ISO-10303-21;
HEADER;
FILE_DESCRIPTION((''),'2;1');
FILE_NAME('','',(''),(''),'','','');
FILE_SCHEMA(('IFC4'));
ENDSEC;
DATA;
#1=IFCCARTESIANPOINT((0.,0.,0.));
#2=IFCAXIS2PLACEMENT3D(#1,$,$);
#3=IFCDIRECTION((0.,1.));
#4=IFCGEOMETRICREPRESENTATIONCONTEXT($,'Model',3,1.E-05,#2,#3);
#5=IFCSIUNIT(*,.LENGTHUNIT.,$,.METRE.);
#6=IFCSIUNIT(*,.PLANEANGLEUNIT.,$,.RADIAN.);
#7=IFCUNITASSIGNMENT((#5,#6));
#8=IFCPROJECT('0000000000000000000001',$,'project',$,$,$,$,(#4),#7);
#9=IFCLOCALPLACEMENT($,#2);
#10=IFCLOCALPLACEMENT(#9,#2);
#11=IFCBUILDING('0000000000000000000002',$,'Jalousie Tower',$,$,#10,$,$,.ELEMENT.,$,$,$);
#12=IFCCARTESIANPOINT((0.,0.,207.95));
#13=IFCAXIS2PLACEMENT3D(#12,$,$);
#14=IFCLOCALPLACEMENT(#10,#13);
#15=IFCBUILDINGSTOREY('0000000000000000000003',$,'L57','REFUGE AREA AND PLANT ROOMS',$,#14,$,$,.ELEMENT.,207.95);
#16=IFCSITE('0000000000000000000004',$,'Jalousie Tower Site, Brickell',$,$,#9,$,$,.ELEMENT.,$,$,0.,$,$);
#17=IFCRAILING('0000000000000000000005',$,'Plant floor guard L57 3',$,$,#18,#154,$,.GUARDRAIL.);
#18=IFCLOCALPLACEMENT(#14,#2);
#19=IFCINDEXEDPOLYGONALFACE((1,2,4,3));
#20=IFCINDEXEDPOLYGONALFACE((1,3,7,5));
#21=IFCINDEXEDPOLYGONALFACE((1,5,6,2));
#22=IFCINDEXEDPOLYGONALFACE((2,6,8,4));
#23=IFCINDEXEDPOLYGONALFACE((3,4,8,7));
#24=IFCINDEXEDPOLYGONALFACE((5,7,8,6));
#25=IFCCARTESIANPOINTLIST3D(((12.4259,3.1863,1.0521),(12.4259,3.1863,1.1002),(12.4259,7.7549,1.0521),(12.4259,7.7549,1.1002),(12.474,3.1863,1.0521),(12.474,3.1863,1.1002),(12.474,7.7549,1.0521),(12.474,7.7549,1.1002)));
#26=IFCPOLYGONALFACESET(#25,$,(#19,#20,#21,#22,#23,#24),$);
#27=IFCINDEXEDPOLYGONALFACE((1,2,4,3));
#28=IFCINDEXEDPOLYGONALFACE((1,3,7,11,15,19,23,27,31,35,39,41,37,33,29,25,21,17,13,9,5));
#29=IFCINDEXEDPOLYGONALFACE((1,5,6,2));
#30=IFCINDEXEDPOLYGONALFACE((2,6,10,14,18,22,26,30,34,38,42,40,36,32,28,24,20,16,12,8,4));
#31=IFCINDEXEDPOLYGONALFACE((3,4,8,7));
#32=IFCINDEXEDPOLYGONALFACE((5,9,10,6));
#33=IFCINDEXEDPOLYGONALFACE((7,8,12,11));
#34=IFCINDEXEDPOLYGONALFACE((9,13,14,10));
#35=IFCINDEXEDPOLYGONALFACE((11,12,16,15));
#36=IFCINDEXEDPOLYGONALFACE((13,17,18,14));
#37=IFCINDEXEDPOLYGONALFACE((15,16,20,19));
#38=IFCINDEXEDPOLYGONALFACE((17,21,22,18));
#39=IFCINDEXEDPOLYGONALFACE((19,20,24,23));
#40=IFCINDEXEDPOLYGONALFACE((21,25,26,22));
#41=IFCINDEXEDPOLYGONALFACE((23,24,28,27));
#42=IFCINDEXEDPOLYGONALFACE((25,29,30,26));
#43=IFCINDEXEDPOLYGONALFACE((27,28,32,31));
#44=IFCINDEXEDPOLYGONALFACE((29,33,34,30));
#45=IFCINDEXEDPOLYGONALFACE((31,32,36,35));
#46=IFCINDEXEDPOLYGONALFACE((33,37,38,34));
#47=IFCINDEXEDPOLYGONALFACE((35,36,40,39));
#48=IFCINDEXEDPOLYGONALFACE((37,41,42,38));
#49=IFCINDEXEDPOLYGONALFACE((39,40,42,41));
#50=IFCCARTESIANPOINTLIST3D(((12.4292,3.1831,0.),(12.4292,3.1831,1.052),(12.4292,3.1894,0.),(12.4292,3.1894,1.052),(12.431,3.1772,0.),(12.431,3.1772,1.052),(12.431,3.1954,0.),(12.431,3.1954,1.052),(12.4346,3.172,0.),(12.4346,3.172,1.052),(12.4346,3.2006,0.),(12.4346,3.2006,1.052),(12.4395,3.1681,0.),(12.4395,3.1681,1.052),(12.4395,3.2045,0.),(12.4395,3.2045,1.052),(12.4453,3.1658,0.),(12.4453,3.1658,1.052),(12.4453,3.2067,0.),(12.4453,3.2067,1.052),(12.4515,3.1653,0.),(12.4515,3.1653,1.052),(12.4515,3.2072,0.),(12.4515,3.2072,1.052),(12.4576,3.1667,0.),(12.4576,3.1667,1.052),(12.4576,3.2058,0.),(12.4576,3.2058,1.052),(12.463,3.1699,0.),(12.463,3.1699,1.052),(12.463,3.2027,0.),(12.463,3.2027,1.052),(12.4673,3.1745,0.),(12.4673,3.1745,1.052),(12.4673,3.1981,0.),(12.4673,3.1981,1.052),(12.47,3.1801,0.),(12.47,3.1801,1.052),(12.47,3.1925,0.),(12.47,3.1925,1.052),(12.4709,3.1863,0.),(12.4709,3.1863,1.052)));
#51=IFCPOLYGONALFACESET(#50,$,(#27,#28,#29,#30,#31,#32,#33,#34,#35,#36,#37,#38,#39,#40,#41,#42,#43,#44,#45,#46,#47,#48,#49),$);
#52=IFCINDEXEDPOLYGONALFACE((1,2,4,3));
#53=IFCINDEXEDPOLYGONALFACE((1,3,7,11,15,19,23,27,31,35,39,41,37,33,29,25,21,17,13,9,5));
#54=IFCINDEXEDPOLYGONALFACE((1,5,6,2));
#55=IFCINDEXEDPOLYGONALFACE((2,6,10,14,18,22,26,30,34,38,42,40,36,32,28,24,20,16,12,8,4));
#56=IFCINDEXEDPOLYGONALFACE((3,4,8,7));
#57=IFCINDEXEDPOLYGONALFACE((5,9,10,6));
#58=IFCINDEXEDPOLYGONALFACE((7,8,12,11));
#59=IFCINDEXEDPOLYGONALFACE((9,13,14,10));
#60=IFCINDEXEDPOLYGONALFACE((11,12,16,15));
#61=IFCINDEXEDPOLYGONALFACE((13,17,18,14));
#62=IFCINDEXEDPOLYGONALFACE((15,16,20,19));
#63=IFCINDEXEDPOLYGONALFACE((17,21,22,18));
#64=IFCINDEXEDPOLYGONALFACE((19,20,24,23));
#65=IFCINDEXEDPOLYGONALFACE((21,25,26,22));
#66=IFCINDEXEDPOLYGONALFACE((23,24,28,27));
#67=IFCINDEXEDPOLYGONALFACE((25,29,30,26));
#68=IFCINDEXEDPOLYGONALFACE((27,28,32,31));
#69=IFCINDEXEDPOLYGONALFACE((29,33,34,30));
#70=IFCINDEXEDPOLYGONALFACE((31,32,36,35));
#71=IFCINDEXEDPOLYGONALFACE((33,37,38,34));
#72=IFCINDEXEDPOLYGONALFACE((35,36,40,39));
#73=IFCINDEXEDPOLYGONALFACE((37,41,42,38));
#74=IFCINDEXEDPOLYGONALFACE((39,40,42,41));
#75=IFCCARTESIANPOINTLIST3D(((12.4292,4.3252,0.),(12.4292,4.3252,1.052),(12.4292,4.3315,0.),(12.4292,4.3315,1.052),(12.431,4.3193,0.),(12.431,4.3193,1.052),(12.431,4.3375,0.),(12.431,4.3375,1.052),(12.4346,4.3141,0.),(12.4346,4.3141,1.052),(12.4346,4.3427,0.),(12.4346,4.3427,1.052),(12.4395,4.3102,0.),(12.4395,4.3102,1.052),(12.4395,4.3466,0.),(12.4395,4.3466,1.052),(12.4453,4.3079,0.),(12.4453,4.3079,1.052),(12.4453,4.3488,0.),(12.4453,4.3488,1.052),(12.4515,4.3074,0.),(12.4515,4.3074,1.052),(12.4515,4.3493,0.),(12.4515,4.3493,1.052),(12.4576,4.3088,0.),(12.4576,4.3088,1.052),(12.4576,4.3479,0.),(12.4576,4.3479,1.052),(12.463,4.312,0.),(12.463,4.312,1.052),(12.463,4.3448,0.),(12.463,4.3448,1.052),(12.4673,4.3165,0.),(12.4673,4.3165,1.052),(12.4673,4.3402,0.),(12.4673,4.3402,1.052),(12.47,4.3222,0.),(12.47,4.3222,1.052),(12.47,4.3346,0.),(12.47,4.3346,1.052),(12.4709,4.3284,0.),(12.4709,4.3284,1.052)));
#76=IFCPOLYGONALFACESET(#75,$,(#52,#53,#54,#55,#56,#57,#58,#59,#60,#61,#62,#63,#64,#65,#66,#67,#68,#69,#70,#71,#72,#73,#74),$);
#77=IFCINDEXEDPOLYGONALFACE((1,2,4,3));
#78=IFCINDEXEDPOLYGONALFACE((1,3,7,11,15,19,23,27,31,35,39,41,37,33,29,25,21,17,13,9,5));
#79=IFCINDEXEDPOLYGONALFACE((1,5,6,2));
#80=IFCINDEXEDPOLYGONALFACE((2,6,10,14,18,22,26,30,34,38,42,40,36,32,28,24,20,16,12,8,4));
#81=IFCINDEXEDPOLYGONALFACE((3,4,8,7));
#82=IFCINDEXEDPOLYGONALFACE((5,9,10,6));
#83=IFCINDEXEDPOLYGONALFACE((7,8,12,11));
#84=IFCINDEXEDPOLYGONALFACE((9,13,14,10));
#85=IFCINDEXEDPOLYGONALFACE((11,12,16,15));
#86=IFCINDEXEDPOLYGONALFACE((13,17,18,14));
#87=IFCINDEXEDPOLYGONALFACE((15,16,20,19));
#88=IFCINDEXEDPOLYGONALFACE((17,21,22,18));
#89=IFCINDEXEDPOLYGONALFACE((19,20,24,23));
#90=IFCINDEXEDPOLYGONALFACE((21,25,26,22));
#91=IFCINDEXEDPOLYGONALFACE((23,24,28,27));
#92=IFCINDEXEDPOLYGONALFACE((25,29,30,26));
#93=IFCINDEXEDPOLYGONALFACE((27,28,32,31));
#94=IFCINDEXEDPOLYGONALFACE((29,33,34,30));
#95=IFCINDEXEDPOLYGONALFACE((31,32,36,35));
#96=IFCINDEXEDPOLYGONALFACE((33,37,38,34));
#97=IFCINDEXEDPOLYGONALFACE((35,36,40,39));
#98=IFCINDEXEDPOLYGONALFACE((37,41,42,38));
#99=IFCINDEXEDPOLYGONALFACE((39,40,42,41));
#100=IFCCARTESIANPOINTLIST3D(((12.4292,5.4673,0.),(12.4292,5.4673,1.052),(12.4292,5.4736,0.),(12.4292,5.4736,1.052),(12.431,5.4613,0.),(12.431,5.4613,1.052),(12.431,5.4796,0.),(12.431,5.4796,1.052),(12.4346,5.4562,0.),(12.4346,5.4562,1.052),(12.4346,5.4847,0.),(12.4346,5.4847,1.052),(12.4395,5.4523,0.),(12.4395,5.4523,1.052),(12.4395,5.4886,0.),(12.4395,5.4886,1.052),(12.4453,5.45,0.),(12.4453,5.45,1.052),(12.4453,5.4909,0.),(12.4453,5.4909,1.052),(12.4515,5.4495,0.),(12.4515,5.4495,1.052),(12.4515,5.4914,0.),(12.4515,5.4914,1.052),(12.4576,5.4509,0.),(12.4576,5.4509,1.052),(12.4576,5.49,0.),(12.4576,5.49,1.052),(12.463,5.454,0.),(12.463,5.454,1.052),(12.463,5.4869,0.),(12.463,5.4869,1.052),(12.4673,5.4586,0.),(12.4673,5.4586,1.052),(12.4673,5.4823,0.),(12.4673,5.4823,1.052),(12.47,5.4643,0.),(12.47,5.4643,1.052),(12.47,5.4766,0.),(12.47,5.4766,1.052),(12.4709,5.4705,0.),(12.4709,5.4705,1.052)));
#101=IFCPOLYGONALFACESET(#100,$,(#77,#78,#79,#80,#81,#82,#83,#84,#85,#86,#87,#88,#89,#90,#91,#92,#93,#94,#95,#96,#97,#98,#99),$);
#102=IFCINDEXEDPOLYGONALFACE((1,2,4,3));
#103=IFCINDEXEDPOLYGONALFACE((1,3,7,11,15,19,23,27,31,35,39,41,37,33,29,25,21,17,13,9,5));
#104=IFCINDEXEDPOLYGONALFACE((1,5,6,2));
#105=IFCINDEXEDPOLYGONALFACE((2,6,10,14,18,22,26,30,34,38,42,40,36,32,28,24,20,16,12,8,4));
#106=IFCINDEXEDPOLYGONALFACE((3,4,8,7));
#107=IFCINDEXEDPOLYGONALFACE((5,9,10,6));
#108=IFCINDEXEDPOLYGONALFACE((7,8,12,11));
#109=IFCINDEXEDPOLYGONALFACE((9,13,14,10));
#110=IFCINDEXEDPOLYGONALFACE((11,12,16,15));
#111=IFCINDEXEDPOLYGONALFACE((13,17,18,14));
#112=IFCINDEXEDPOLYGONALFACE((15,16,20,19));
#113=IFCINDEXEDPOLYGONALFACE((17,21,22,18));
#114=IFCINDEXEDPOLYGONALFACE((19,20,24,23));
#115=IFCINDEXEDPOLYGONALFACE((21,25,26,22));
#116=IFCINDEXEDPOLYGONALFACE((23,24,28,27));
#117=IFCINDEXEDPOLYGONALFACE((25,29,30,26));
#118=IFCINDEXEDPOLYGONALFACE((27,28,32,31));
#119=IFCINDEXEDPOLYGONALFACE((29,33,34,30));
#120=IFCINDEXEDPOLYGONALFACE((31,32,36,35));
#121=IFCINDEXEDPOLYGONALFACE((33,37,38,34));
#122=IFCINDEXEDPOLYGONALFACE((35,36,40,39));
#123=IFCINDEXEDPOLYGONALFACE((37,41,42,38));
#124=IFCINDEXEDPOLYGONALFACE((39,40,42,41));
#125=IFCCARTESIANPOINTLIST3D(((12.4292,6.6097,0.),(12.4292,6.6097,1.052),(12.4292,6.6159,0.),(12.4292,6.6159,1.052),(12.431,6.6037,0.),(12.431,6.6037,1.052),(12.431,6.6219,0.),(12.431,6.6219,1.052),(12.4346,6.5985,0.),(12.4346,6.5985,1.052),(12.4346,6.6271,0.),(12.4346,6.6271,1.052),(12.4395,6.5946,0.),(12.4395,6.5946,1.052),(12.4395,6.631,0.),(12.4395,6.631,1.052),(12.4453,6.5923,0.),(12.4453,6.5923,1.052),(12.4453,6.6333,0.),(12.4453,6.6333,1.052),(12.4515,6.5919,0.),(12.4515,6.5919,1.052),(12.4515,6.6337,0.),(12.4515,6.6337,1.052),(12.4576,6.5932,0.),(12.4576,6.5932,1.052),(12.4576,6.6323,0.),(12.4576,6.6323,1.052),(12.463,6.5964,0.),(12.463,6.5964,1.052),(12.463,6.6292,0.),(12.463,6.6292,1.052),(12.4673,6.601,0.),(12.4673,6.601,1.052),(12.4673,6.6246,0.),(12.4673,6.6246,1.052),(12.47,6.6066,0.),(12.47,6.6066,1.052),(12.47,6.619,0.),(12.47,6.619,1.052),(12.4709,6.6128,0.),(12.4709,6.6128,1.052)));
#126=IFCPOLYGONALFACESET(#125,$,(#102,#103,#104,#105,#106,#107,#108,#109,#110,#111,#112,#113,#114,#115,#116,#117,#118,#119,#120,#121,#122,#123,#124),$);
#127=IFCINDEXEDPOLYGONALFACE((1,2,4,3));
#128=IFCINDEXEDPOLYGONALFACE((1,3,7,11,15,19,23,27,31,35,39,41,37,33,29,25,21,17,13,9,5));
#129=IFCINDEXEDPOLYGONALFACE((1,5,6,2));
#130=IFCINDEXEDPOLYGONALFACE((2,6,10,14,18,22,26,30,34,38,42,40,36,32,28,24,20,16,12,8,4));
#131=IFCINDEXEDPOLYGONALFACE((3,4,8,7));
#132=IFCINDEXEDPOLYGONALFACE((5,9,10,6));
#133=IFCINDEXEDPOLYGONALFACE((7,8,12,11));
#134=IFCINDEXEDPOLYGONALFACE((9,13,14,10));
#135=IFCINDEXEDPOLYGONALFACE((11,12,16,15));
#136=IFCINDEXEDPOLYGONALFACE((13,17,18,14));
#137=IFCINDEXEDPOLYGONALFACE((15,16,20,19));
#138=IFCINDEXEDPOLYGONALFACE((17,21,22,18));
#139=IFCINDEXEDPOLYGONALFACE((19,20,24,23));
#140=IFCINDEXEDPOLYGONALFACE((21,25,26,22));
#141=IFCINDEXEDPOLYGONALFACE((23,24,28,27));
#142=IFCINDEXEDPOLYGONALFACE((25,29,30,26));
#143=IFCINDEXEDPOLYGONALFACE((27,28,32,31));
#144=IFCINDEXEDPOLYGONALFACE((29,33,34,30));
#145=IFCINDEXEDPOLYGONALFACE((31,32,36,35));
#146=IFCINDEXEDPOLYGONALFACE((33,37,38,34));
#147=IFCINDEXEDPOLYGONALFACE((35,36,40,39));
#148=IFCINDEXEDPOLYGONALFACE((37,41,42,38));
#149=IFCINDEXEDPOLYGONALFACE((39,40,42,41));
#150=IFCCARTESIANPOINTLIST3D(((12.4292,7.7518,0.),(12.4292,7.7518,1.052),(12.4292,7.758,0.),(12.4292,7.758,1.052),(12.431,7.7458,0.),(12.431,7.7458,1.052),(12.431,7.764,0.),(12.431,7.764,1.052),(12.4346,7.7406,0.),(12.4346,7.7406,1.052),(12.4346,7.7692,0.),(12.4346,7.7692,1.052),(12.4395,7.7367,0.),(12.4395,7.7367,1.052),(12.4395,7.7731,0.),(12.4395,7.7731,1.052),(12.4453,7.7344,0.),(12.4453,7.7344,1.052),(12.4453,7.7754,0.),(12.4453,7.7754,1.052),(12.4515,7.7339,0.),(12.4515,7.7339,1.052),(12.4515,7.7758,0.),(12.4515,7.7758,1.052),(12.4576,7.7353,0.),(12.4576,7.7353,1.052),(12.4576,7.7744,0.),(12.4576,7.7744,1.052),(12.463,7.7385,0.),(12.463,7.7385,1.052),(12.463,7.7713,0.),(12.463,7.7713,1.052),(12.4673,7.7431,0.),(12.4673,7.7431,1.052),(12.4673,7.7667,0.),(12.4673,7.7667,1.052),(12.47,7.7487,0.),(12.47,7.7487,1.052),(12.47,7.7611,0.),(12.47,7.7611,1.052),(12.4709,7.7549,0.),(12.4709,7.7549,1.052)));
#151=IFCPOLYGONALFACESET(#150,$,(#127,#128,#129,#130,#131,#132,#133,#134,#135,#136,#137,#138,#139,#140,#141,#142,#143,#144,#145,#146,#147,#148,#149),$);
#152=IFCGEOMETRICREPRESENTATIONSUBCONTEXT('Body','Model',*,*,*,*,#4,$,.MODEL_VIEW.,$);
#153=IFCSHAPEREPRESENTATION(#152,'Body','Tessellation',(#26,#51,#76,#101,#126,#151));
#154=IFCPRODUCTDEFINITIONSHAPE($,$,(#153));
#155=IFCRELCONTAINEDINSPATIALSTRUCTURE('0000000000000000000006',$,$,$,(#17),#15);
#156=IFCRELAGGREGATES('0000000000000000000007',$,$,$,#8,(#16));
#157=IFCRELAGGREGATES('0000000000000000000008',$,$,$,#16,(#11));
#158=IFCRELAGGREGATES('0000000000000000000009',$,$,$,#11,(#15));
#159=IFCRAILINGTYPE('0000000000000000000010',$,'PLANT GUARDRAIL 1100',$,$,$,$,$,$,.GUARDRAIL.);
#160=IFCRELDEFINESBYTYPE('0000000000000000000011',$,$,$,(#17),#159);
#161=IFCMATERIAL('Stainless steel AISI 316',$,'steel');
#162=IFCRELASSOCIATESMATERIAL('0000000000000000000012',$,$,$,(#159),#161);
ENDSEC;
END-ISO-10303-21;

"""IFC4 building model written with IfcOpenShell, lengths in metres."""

from ifc_helpers import new_model, si_unit, direction, frame, origin, origin_2d, place, context, subcontext, project, spatial, rectangle, circle, extrude, material, type_object, element, save


model = new_model("IFC4")

# Units and contexts
model_context = context("Model", 3, precision=1e-05, world=origin(), true_north=direction((0.0, 1.0)))
body_context = subcontext(model_context, "Body", "Model", "MODEL_VIEW")
ifc_project = project(units=[si_unit("LENGTHUNIT", "METRE"), si_unit("PLANEANGLEUNIT", "RADIAN")], contexts=[model_context])

# Site, building, storey
site_placement = place(None, origin())
site = spatial("IfcSite", under=ifc_project, at=site_placement, Name="Jalousie Tower Site, Brickell", CompositionType="ELEMENT", RefElevation=0.0)
building_placement = place(site_placement, origin())
building = spatial("IfcBuilding", under=site, at=building_placement, Name="Jalousie Tower", CompositionType="ELEMENT")
storey_placement = place(building_placement, frame((0.0, 0.0, 207.95)))
storey = spatial("IfcBuildingStorey", under=building, at=storey_placement, Name="L57", Description="REFUGE AREA AND PLANT ROOMS", CompositionType="ELEMENT", Elevation=207.95)

# Railing
ifc_material_1 = material(Name="Stainless steel AISI 316", Category="steel")
railing_type = type_object("IfcRailingType", Name="PLANT GUARDRAIL 1100", PredefinedType="GUARDRAIL", material=ifc_material_1)
railing_1_placement = place(storey_placement, frame((12.45, 3.1863, 0.0)))
element("IfcRailing", 1, at=railing_1_placement, inside=storey, type_object=railing_type, Name="Plant floor guard L57 3", PredefinedType="GUARDRAIL", context=body_context, shape_type="SweptSolid", body=[
    extrude(rectangle(XDim=0.0481, YDim=0.0481, at=origin_2d()), frame((0.0, 0.0, 1.0762), z_axis=(0.0, 1.0, 0.0), x_axis=(-1.0, 0.0, 0.0)), (0.0, 0.0, 1.0), 4.5686),
    extrude(circle(Radius=0.021, at=origin_2d()), origin(), (0.0, 0.0, 1.0), 1.052),
    extrude(circle(Radius=0.021, at=origin_2d()), frame((0.0, 1.1421, 0.0)), (0.0, 0.0, 1.0), 1.052),
    extrude(circle(Radius=0.021, at=origin_2d()), frame((0.0, 2.2842, 0.0)), (0.0, 0.0, 1.0), 1.052),
    extrude(circle(Radius=0.021, at=origin_2d()), frame((0.0, 3.4265, 0.0)), (0.0, 0.0, 1.0), 1.052),
    extrude(circle(Radius=0.021, at=origin_2d()), frame((0.0, 4.5686, 0.0)), (0.0, 0.0, 1.0), 1.052),
])

save(model, "model.ifc")
